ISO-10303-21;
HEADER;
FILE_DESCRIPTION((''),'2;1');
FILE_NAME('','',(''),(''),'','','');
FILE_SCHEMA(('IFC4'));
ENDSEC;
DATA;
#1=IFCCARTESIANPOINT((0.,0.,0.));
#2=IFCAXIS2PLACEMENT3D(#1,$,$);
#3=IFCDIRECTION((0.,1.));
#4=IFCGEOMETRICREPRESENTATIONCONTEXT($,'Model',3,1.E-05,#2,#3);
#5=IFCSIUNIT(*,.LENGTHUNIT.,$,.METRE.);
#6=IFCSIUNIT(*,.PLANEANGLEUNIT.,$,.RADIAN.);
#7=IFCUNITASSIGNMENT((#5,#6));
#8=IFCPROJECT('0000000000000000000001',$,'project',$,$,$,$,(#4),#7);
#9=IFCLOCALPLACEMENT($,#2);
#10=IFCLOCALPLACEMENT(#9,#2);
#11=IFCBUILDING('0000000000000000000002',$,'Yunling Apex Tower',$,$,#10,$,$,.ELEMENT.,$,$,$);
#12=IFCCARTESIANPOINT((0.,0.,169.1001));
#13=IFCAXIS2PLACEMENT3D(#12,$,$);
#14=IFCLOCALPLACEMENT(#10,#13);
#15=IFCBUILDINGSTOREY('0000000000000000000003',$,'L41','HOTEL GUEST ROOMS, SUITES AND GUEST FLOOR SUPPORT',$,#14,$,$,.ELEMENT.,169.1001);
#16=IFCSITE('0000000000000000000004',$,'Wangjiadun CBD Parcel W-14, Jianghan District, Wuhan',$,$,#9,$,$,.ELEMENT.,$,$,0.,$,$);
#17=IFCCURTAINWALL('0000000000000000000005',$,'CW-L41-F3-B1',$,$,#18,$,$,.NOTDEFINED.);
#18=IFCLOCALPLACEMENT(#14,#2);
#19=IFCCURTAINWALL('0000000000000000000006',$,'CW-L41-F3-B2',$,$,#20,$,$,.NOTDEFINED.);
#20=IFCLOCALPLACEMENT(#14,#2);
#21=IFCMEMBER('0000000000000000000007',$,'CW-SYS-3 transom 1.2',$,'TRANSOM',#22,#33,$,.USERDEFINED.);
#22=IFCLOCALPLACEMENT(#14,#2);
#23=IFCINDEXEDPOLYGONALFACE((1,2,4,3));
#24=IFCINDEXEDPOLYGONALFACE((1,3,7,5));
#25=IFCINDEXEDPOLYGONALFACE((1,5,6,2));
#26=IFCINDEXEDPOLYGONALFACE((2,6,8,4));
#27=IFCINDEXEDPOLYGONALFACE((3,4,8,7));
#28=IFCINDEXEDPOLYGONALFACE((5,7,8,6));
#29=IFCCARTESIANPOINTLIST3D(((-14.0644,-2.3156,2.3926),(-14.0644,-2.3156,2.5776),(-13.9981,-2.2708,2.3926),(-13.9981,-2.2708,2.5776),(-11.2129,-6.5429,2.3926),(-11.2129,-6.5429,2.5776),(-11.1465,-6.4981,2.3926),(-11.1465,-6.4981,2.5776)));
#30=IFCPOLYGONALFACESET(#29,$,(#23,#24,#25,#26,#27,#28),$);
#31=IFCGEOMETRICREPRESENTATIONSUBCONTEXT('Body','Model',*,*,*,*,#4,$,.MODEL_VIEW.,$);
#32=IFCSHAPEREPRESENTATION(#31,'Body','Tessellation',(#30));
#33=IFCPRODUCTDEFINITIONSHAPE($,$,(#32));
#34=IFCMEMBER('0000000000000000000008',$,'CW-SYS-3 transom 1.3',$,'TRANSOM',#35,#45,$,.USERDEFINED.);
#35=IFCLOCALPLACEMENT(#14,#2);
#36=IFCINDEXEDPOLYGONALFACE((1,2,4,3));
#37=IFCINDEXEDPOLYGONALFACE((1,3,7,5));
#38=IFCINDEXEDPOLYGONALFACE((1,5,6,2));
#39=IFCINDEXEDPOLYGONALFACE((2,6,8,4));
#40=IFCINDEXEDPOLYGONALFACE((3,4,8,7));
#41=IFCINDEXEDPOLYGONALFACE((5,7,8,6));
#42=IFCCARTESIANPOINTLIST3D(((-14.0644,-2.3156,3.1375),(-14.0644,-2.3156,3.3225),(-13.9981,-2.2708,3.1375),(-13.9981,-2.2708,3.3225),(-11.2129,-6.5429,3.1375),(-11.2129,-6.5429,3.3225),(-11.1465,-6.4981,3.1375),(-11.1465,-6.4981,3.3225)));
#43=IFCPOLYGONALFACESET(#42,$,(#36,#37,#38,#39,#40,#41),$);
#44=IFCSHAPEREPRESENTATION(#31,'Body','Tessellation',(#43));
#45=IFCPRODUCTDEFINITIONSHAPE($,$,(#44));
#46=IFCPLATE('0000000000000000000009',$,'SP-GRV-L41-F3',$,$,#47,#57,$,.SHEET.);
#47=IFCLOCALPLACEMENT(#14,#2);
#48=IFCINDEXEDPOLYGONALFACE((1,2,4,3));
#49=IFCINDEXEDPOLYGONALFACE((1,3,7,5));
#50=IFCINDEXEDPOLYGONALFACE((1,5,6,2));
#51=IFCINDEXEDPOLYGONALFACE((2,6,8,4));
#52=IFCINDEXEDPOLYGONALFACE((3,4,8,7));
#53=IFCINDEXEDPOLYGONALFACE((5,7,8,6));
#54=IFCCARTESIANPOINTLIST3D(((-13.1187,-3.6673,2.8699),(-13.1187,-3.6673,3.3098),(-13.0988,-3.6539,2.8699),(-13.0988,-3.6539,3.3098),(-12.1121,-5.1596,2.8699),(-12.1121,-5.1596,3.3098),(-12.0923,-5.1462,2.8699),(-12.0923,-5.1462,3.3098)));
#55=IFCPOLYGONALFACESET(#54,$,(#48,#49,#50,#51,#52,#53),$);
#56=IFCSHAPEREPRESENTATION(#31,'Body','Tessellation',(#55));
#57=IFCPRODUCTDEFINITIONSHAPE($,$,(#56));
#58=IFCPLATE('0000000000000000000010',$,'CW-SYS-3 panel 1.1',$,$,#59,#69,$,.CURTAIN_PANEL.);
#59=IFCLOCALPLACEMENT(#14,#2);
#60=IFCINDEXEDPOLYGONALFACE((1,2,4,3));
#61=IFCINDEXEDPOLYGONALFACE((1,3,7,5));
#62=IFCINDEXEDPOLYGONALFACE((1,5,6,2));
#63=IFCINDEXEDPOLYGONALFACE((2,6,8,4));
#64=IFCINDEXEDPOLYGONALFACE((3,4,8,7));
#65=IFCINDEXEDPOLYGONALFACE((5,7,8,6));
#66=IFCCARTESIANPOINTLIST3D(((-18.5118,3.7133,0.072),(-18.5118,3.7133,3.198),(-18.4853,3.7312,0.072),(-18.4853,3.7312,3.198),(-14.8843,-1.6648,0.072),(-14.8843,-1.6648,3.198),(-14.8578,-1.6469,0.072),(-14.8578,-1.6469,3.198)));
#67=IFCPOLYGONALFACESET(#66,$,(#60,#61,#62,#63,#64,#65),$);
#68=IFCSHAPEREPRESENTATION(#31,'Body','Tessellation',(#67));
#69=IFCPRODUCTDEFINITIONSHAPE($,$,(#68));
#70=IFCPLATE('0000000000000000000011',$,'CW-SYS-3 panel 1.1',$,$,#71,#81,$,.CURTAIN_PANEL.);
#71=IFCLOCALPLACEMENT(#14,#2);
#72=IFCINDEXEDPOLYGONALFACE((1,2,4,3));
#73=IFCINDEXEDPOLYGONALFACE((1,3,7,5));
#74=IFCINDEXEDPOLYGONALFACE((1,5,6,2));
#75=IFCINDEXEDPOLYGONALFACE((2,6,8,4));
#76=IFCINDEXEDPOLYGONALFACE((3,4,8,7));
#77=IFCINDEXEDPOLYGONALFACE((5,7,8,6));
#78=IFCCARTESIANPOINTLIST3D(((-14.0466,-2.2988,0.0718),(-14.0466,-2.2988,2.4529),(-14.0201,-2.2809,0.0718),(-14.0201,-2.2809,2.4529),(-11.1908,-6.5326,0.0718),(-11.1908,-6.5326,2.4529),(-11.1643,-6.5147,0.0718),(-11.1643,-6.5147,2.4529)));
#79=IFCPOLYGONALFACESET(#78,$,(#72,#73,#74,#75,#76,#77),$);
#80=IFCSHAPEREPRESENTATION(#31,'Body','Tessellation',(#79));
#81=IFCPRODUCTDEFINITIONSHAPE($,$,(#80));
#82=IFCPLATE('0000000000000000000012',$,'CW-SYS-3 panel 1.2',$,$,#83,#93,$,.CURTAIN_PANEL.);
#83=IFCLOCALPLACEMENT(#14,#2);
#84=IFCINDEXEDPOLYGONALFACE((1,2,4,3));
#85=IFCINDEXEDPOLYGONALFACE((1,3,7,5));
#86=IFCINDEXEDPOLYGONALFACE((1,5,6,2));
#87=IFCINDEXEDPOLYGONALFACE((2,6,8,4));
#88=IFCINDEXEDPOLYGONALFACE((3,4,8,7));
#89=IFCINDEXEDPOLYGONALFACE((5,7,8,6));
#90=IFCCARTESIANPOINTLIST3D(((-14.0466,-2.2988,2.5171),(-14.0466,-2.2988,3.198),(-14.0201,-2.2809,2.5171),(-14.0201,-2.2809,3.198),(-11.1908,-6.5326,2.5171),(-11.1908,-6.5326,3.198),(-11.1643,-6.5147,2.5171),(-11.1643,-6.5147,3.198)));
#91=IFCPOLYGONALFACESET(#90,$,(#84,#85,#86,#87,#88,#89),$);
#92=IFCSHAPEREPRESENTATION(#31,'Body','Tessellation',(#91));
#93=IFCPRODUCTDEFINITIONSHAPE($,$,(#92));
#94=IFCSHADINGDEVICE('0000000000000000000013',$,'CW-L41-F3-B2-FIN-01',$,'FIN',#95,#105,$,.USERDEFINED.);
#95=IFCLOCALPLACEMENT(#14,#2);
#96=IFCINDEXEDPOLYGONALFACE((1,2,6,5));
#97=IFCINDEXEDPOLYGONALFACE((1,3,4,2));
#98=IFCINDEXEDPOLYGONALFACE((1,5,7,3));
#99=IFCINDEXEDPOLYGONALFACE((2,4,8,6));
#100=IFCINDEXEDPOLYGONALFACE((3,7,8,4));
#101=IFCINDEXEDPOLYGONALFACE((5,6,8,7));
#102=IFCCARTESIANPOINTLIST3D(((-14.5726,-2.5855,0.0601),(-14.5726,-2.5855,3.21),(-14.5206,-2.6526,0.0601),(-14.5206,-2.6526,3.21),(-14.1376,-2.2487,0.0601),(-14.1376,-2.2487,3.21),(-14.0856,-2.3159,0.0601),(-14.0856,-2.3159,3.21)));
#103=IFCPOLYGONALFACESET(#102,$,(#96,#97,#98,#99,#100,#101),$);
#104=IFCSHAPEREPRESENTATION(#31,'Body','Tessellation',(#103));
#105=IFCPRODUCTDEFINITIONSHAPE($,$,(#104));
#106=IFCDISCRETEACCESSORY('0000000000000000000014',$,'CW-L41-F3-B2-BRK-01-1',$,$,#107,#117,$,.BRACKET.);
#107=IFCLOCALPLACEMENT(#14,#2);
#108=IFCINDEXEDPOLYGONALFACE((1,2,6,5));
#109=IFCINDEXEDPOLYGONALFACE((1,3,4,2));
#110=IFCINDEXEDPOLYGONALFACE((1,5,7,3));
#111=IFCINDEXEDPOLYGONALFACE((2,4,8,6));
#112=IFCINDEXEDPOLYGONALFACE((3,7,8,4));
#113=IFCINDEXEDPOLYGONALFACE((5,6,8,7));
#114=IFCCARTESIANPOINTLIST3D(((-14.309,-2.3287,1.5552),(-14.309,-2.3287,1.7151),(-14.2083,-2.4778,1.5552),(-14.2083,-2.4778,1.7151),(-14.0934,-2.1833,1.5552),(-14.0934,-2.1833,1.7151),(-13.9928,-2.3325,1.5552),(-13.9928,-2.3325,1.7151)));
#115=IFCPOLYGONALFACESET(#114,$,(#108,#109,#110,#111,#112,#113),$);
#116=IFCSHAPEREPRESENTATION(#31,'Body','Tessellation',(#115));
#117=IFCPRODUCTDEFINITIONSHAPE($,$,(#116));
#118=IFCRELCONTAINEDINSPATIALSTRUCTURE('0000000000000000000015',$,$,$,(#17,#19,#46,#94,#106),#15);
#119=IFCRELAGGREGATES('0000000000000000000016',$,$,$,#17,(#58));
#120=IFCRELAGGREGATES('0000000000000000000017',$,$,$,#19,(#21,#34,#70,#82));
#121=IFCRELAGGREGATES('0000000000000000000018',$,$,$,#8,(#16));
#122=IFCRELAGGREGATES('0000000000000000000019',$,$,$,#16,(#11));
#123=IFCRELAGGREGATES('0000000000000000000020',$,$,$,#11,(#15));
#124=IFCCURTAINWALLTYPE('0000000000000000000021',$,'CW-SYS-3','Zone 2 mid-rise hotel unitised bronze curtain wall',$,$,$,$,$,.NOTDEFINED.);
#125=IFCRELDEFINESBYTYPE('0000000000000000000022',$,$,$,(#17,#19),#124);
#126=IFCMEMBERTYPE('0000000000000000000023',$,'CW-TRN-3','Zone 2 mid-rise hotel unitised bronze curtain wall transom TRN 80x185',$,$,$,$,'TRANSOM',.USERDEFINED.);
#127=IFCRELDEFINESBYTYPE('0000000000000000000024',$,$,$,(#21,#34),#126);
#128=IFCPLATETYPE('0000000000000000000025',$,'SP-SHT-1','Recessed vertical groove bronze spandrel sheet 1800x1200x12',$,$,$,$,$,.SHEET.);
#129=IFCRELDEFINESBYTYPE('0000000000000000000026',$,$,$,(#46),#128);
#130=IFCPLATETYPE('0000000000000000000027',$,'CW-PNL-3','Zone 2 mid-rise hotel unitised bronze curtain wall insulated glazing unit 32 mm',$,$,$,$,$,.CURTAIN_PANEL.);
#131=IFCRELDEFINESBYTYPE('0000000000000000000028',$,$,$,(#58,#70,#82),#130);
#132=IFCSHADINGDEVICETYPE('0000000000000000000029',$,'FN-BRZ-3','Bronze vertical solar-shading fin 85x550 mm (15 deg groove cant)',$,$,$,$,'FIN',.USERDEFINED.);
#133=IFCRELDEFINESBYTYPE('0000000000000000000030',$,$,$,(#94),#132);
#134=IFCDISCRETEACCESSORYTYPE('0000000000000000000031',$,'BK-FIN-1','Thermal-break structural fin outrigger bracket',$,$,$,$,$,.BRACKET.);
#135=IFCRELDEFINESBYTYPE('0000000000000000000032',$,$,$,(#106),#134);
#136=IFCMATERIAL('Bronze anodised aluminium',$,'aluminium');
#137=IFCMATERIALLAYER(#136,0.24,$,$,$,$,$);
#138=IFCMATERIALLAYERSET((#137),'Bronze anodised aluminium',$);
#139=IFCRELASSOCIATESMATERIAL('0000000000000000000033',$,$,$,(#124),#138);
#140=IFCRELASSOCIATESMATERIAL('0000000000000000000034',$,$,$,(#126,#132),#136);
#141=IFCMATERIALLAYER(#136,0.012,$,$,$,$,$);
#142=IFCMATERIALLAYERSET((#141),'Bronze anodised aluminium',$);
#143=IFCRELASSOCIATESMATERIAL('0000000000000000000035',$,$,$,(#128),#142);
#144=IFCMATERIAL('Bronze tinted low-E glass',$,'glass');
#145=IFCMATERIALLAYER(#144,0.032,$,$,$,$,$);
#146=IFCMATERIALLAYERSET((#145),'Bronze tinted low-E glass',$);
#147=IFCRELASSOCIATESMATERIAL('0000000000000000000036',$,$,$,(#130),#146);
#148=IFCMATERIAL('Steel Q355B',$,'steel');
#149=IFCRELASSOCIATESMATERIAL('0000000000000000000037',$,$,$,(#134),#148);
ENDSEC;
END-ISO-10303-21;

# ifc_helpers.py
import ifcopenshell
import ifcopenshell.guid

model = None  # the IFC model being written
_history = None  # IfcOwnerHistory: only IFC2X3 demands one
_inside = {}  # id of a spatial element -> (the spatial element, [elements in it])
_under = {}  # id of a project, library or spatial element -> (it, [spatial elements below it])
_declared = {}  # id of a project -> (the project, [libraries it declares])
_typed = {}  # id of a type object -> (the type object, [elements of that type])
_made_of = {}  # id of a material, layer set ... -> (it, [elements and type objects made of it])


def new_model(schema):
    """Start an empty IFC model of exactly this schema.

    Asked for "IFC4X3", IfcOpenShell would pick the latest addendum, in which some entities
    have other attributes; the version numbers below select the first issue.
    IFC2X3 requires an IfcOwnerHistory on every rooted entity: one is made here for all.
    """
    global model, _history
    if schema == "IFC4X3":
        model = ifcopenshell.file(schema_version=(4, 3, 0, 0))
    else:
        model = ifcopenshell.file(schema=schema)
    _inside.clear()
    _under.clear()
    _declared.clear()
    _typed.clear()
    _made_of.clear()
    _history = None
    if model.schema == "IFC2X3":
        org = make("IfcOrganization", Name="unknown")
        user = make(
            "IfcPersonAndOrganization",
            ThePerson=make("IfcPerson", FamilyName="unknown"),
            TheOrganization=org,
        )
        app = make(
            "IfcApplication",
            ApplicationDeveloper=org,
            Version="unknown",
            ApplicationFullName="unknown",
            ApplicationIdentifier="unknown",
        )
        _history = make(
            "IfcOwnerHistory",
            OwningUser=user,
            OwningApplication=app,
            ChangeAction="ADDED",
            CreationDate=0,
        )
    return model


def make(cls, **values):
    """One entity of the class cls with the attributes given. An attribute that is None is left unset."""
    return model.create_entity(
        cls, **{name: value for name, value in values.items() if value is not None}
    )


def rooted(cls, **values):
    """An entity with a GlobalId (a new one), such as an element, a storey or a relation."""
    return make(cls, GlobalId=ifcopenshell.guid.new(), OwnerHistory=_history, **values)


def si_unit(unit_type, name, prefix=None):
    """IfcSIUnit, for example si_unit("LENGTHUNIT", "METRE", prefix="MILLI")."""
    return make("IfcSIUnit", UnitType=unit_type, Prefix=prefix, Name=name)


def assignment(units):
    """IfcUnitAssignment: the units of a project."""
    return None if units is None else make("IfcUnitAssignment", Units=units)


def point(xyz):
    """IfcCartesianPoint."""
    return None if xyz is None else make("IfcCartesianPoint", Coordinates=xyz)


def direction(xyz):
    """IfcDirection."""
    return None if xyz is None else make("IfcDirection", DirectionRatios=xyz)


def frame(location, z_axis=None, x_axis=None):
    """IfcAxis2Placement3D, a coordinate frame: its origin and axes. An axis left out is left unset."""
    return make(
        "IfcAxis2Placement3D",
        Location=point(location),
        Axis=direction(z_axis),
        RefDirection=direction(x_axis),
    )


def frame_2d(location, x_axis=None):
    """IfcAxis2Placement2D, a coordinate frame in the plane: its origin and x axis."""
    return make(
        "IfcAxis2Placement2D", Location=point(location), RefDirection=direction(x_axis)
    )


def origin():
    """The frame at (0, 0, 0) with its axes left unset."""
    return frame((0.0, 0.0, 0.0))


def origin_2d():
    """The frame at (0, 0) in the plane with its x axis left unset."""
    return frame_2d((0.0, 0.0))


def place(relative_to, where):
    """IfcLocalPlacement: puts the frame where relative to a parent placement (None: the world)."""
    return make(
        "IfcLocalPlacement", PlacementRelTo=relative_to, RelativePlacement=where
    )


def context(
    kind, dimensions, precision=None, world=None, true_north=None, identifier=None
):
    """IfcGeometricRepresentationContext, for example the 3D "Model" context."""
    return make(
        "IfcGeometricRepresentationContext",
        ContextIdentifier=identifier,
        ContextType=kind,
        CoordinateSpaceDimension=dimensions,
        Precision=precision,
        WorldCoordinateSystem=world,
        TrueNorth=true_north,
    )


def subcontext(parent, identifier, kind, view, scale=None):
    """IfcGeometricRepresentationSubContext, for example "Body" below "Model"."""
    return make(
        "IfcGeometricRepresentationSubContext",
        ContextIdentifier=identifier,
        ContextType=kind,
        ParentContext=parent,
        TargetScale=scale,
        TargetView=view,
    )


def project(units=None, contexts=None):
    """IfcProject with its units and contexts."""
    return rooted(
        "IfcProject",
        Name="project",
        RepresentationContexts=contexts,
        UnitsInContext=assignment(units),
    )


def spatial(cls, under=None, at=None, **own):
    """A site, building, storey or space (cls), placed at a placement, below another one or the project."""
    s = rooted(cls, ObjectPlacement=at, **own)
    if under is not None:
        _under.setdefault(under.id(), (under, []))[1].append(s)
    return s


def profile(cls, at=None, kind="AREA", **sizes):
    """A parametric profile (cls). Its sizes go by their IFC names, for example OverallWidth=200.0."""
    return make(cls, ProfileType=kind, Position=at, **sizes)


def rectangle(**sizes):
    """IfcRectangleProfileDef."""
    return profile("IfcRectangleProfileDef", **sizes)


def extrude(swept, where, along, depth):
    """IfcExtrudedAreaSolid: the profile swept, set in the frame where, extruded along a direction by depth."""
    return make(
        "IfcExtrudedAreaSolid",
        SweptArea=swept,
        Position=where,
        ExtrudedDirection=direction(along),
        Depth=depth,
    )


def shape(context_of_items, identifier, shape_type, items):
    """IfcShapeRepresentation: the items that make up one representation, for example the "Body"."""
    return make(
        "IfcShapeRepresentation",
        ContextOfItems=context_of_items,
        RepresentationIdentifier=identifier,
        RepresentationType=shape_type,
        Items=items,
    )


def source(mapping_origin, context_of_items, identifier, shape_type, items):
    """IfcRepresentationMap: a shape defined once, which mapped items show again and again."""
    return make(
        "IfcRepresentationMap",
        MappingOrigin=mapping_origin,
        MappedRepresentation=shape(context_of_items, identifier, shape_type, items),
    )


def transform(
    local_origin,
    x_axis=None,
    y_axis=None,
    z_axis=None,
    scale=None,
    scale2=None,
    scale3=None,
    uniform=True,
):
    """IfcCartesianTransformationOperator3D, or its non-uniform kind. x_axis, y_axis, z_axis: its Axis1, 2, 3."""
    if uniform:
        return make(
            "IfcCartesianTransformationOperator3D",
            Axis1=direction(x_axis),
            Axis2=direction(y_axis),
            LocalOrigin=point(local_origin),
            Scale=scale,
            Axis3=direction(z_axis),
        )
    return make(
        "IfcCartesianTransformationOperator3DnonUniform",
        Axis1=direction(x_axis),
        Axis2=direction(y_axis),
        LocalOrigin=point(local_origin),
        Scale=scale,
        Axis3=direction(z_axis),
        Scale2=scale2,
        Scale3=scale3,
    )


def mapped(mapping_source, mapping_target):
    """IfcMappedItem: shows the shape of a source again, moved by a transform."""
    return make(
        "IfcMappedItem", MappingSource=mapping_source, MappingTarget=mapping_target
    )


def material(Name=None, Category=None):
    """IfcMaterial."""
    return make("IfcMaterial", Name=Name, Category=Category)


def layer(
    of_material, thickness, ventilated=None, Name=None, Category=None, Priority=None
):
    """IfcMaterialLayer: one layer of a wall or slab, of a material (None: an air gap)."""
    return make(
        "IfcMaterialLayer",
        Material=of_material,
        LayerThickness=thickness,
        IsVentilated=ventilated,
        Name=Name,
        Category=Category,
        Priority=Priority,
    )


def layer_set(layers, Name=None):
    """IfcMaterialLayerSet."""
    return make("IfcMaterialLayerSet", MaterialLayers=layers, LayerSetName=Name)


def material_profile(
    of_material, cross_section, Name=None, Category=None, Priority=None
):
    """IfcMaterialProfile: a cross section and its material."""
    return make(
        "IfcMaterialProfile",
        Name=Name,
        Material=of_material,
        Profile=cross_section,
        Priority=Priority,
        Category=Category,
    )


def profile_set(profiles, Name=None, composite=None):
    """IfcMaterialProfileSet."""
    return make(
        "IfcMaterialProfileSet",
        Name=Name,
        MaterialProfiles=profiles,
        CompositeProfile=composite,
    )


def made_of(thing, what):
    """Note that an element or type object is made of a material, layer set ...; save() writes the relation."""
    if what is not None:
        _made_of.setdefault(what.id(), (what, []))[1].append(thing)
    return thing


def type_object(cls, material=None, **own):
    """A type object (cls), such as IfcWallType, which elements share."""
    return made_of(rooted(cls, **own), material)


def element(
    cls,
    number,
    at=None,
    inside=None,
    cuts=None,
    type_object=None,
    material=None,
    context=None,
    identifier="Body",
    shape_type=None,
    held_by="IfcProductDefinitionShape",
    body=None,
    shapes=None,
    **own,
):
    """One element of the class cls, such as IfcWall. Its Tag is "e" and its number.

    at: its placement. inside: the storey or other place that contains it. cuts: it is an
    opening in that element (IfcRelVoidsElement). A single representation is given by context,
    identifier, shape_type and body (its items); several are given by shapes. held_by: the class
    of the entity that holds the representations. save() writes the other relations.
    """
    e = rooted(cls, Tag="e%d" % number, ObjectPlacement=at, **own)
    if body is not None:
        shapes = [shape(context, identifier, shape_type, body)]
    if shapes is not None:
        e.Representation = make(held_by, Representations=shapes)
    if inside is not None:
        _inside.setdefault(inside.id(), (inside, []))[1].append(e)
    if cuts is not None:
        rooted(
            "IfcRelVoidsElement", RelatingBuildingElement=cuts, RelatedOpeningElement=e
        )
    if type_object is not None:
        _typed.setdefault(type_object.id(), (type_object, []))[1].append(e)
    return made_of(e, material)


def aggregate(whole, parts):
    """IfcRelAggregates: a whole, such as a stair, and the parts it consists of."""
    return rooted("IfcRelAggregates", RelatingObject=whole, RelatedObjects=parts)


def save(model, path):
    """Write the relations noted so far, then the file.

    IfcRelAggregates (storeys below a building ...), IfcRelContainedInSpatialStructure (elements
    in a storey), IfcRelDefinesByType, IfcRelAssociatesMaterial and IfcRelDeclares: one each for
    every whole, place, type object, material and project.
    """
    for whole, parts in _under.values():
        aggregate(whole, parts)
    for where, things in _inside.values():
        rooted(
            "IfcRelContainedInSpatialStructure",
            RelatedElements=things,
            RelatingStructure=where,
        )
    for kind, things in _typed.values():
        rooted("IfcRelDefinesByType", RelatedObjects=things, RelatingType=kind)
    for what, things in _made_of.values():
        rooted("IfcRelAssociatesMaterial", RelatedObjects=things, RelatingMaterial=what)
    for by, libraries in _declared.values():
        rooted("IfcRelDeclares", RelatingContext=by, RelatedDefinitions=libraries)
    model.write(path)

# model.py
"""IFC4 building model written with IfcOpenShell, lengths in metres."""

from ifc_helpers import new_model, si_unit, direction, frame, origin, origin_2d, place, context, subcontext, project, spatial, rectangle, extrude, source, transform, mapped, material, layer, layer_set, material_profile, profile_set, type_object, element, aggregate, save


model = new_model("IFC4")

# Units and contexts
model_context = context("Model", 3, precision=1e-05, world=origin(), true_north=direction((0.0, 1.0)))
body_context = subcontext(model_context, "Body", "Model", "MODEL_VIEW")
ifc_project = project(units=[si_unit("LENGTHUNIT", "METRE"), si_unit("PLANEANGLEUNIT", "RADIAN")], contexts=[model_context])

# Site, building, storey
site_placement = place(None, origin())
site = spatial("IfcSite", under=ifc_project, at=site_placement, Name="Wangjiadun CBD Parcel W-14, Jianghan District, Wuhan", CompositionType="ELEMENT", RefElevation=0.0)
building_placement = place(site_placement, origin())
building = spatial("IfcBuilding", under=site, at=building_placement, Name="Yunling Apex Tower", CompositionType="ELEMENT")
storey_placement = place(building_placement, frame((0.0, 0.0, 169.1001)))
storey = spatial("IfcBuildingStorey", under=building, at=storey_placement, Name="L41", Description="HOTEL GUEST ROOMS, SUITES AND GUEST FLOOR SUPPORT", CompositionType="ELEMENT", Elevation=169.1001)

# Shared definitions
ifc_material_1 = material(Name="Steel Q355B", Category="steel")

# Curtain wall
ifc_material_2 = material(Name="Bronze anodised aluminium", Category="aluminium")
ifc_layer_1 = layer(ifc_material_2, 0.24)
ifc_layer_set_1 = layer_set([ifc_layer_1], Name="Bronze anodised aluminium")
curtain_wall_type = type_object("IfcCurtainWallType", Name="CW-SYS-3", Description="Zone 2 mid-rise hotel unitised bronze curtain wall", PredefinedType="NOTDEFINED", material=ifc_layer_set_1)
curtain_wall_1_placement = place(storey_placement, origin())
curtain_wall_1 = element("IfcCurtainWall", 1, at=curtain_wall_1_placement, inside=storey, type_object=curtain_wall_type, Name="CW-L41-F3-B1", PredefinedType="NOTDEFINED")

# Curtain wall, members
curtain_wall_2_placement = place(storey_placement, origin())
curtain_wall_2 = element("IfcCurtainWall", 2, at=curtain_wall_2_placement, inside=storey, type_object=curtain_wall_type, Name="CW-L41-F3-B2", PredefinedType="NOTDEFINED")
ifc_material_profile_1 = material_profile(ifc_material_2, rectangle(XDim=0.0801, YDim=0.1851, at=origin_2d()))
ifc_profile_set_1 = profile_set([ifc_material_profile_1], Name="Bronze anodised aluminium")
member_type_1 = type_object("IfcMemberType", Name="CW-TRN-3", Description="Zone 2 mid-rise hotel unitised bronze curtain wall transom TRN 80x185", ElementType="TRANSOM", PredefinedType="USERDEFINED", material=ifc_profile_set_1)
shared_shape_1 = source(origin(), body_context, "Body", "SweptSolid", [
    extrude(rectangle(XDim=0.0801, YDim=0.1851, at=origin_2d()), origin(), (0.0, 0.0, 1.0), 5.0991),
])
member_1_placement = place(storey_placement, frame((-14.0312, -2.2932, 2.4851), z_axis=(0.559222, -0.829018, 0.0), x_axis=(0.829018, 0.559222, 0.0)))
member_1 = element("IfcMember", 3, at=member_1_placement, type_object=member_type_1, Name="CW-SYS-3 transom 1.2", ObjectType="TRANSOM", PredefinedType="USERDEFINED", context=body_context, shape_type="MappedRepresentation", body=[
    mapped(shared_shape_1, transform((0.0, 0.0, 0.0), scale=1.0)),
])
member_2_placement = place(storey_placement, frame((-14.0312, -2.2932, 3.23), z_axis=(0.559222, -0.829018, 0.0), x_axis=(0.829018, 0.559222, 0.0)))
member_2 = element("IfcMember", 4, at=member_2_placement, type_object=member_type_1, Name="CW-SYS-3 transom 1.3", ObjectType="TRANSOM", PredefinedType="USERDEFINED", context=body_context, shape_type="MappedRepresentation", body=[
    mapped(shared_shape_1, transform((0.0, 0.0, 0.0), scale=1.0)),
])

# Plates
ifc_layer_2 = layer(ifc_material_2, 0.012)
ifc_layer_set_2 = layer_set([ifc_layer_2], Name="Bronze anodised aluminium")
plate_type_1 = type_object("IfcPlateType", Name="SP-SHT-1", Description="Recessed vertical groove bronze spandrel sheet 1800x1200x12", PredefinedType="SHEET", material=ifc_layer_set_2)
shared_shape_2 = source(origin(), body_context, "Body", "SweptSolid", [
    extrude(rectangle(XDim=1.8, YDim=0.0239, at=origin_2d()), origin(), (0.0, 0.0, 1.0), 0.4399),
])
plate_1_placement = place(storey_placement, frame((-12.6055, -4.4067, 2.8699), z_axis=(0.0, 0.0, 1.0), x_axis=(0.559193, -0.829038, 0.0)))
element("IfcPlate", 5, at=plate_1_placement, inside=storey, type_object=plate_type_1, Name="SP-GRV-L41-F3", PredefinedType="SHEET", context=body_context, shape_type="MappedRepresentation", body=[
    mapped(shared_shape_2, transform((0.0, 0.0, 0.0), scale=1.0)),
])
ifc_material_3 = material(Name="Bronze tinted low-E glass", Category="glass")
ifc_layer_3 = layer(ifc_material_3, 0.032)
ifc_layer_set_3 = layer_set([ifc_layer_3], Name="Bronze tinted low-E glass")
plate_type_2 = type_object("IfcPlateType", Name="CW-PNL-3", Description="Zone 2 mid-rise hotel unitised bronze curtain wall insulated glazing unit 32 mm", PredefinedType="CURTAIN_PANEL", material=ifc_layer_set_3)
shared_shape_3 = source(origin(), body_context, "Body", "SweptSolid", [
    extrude(rectangle(XDim=6.4871, YDim=0.032, at=origin_2d()), origin(), (0.0, 0.0, 1.0), 3.126),
])
plate_2_placement = place(storey_placement, frame((-16.6848, 1.0332, 0.072), z_axis=(0.0, 0.0, 1.0), x_axis=(0.559181, -0.829045, 0.0)))
plate_2 = element("IfcPlate", 6, at=plate_2_placement, type_object=plate_type_2, Name="CW-SYS-3 panel 1.1", PredefinedType="CURTAIN_PANEL", context=body_context, shape_type="MappedRepresentation", body=[
    mapped(shared_shape_3, transform((0.0, 0.0, 0.0), scale=1.0)),
])
aggregate(curtain_wall_1, [plate_2])
shared_shape_4 = source(origin(), body_context, "Body", "SweptSolid", [
    extrude(rectangle(XDim=5.1069, YDim=0.032, at=origin_2d()), origin(), (0.0, 0.0, 1.0), 2.3811),
])
plate_3_placement = place(storey_placement, frame((-12.6055, -4.4067, 0.0718), z_axis=(0.0, 0.0, 1.0), x_axis=(0.55921, -0.829026, 0.0)))
plate_3 = element("IfcPlate", 7, at=plate_3_placement, type_object=plate_type_2, Name="CW-SYS-3 panel 1.1", PredefinedType="CURTAIN_PANEL", context=body_context, shape_type="MappedRepresentation", body=[
    mapped(shared_shape_4, transform((0.0, 0.0, 0.0), scale=1.0)),
])
shared_shape_5 = source(origin(), body_context, "Body", "SweptSolid", [
    extrude(rectangle(XDim=5.1069, YDim=0.032, at=origin_2d()), origin(), (0.0, 0.0, 1.0), 0.6809),
])
plate_4_placement = place(storey_placement, frame((-12.6055, -4.4067, 2.5171), z_axis=(0.0, 0.0, 1.0), x_axis=(0.55921, -0.829026, 0.0)))
plate_4 = element("IfcPlate", 8, at=plate_4_placement, type_object=plate_type_2, Name="CW-SYS-3 panel 1.2", PredefinedType="CURTAIN_PANEL", context=body_context, shape_type="MappedRepresentation", body=[
    mapped(shared_shape_5, transform((0.0, 0.0, 0.0), scale=1.0)),
])
aggregate(curtain_wall_2, [member_1, member_2, plate_3, plate_4])

# Shading device
ifc_material_profile_2 = material_profile(ifc_material_2, rectangle(XDim=0.085, YDim=0.55, at=origin_2d()))
ifc_profile_set_2 = profile_set([ifc_material_profile_2], Name="Bronze anodised aluminium")
shading_device_type = type_object("IfcShadingDeviceType", Name="FN-BRZ-3", Description="Bronze vertical solar-shading fin 85x550 mm (15 deg groove cant)", ElementType="FIN", PredefinedType="USERDEFINED", material=ifc_profile_set_2)
shared_shape_6 = source(origin(), body_context, "Body", "SweptSolid", [
    extrude(rectangle(XDim=0.085, YDim=0.55, at=origin_2d()), origin(), (0.0, 0.0, 1.0), 3.1499),
])
shading_device_placement = place(storey_placement, frame((-14.3291, -2.4507, 0.0601), z_axis=(0.0, 0.0, 1.0), x_axis=(0.612217, -0.79069, 0.0)))
element("IfcShadingDevice", 9, at=shading_device_placement, inside=storey, type_object=shading_device_type, Name="CW-L41-F3-B2-FIN-01", ObjectType="FIN", PredefinedType="USERDEFINED", context=body_context, shape_type="MappedRepresentation", body=[
    mapped(shared_shape_6, transform((0.0, 0.0, 0.0), scale=1.0)),
])

# Discrete accessory
discrete_accessory_type = type_object("IfcDiscreteAccessoryType", Name="BK-FIN-1", Description="Thermal-break structural fin outrigger bracket", PredefinedType="BRACKET", material=ifc_material_1)
shared_shape_7 = source(origin(), body_context, "Body", "SweptSolid", [
    extrude(rectangle(XDim=0.1799, YDim=0.26, at=origin_2d()), origin(), (0.0, 0.0, 1.0), 0.1599),
])
discrete_accessory_placement = place(storey_placement, frame((-14.1509, -2.3306, 1.5552), z_axis=(0.0, 0.0, 1.0), x_axis=(0.559193, -0.829038, 0.0)))
element("IfcDiscreteAccessory", 10, at=discrete_accessory_placement, inside=storey, type_object=discrete_accessory_type, Name="CW-L41-F3-B2-BRK-01-1", PredefinedType="BRACKET", context=body_context, shape_type="MappedRepresentation", body=[
    mapped(shared_shape_7, transform((0.0, 0.0, 0.0), scale=1.0)),
])

save(model, "model.ifc")
